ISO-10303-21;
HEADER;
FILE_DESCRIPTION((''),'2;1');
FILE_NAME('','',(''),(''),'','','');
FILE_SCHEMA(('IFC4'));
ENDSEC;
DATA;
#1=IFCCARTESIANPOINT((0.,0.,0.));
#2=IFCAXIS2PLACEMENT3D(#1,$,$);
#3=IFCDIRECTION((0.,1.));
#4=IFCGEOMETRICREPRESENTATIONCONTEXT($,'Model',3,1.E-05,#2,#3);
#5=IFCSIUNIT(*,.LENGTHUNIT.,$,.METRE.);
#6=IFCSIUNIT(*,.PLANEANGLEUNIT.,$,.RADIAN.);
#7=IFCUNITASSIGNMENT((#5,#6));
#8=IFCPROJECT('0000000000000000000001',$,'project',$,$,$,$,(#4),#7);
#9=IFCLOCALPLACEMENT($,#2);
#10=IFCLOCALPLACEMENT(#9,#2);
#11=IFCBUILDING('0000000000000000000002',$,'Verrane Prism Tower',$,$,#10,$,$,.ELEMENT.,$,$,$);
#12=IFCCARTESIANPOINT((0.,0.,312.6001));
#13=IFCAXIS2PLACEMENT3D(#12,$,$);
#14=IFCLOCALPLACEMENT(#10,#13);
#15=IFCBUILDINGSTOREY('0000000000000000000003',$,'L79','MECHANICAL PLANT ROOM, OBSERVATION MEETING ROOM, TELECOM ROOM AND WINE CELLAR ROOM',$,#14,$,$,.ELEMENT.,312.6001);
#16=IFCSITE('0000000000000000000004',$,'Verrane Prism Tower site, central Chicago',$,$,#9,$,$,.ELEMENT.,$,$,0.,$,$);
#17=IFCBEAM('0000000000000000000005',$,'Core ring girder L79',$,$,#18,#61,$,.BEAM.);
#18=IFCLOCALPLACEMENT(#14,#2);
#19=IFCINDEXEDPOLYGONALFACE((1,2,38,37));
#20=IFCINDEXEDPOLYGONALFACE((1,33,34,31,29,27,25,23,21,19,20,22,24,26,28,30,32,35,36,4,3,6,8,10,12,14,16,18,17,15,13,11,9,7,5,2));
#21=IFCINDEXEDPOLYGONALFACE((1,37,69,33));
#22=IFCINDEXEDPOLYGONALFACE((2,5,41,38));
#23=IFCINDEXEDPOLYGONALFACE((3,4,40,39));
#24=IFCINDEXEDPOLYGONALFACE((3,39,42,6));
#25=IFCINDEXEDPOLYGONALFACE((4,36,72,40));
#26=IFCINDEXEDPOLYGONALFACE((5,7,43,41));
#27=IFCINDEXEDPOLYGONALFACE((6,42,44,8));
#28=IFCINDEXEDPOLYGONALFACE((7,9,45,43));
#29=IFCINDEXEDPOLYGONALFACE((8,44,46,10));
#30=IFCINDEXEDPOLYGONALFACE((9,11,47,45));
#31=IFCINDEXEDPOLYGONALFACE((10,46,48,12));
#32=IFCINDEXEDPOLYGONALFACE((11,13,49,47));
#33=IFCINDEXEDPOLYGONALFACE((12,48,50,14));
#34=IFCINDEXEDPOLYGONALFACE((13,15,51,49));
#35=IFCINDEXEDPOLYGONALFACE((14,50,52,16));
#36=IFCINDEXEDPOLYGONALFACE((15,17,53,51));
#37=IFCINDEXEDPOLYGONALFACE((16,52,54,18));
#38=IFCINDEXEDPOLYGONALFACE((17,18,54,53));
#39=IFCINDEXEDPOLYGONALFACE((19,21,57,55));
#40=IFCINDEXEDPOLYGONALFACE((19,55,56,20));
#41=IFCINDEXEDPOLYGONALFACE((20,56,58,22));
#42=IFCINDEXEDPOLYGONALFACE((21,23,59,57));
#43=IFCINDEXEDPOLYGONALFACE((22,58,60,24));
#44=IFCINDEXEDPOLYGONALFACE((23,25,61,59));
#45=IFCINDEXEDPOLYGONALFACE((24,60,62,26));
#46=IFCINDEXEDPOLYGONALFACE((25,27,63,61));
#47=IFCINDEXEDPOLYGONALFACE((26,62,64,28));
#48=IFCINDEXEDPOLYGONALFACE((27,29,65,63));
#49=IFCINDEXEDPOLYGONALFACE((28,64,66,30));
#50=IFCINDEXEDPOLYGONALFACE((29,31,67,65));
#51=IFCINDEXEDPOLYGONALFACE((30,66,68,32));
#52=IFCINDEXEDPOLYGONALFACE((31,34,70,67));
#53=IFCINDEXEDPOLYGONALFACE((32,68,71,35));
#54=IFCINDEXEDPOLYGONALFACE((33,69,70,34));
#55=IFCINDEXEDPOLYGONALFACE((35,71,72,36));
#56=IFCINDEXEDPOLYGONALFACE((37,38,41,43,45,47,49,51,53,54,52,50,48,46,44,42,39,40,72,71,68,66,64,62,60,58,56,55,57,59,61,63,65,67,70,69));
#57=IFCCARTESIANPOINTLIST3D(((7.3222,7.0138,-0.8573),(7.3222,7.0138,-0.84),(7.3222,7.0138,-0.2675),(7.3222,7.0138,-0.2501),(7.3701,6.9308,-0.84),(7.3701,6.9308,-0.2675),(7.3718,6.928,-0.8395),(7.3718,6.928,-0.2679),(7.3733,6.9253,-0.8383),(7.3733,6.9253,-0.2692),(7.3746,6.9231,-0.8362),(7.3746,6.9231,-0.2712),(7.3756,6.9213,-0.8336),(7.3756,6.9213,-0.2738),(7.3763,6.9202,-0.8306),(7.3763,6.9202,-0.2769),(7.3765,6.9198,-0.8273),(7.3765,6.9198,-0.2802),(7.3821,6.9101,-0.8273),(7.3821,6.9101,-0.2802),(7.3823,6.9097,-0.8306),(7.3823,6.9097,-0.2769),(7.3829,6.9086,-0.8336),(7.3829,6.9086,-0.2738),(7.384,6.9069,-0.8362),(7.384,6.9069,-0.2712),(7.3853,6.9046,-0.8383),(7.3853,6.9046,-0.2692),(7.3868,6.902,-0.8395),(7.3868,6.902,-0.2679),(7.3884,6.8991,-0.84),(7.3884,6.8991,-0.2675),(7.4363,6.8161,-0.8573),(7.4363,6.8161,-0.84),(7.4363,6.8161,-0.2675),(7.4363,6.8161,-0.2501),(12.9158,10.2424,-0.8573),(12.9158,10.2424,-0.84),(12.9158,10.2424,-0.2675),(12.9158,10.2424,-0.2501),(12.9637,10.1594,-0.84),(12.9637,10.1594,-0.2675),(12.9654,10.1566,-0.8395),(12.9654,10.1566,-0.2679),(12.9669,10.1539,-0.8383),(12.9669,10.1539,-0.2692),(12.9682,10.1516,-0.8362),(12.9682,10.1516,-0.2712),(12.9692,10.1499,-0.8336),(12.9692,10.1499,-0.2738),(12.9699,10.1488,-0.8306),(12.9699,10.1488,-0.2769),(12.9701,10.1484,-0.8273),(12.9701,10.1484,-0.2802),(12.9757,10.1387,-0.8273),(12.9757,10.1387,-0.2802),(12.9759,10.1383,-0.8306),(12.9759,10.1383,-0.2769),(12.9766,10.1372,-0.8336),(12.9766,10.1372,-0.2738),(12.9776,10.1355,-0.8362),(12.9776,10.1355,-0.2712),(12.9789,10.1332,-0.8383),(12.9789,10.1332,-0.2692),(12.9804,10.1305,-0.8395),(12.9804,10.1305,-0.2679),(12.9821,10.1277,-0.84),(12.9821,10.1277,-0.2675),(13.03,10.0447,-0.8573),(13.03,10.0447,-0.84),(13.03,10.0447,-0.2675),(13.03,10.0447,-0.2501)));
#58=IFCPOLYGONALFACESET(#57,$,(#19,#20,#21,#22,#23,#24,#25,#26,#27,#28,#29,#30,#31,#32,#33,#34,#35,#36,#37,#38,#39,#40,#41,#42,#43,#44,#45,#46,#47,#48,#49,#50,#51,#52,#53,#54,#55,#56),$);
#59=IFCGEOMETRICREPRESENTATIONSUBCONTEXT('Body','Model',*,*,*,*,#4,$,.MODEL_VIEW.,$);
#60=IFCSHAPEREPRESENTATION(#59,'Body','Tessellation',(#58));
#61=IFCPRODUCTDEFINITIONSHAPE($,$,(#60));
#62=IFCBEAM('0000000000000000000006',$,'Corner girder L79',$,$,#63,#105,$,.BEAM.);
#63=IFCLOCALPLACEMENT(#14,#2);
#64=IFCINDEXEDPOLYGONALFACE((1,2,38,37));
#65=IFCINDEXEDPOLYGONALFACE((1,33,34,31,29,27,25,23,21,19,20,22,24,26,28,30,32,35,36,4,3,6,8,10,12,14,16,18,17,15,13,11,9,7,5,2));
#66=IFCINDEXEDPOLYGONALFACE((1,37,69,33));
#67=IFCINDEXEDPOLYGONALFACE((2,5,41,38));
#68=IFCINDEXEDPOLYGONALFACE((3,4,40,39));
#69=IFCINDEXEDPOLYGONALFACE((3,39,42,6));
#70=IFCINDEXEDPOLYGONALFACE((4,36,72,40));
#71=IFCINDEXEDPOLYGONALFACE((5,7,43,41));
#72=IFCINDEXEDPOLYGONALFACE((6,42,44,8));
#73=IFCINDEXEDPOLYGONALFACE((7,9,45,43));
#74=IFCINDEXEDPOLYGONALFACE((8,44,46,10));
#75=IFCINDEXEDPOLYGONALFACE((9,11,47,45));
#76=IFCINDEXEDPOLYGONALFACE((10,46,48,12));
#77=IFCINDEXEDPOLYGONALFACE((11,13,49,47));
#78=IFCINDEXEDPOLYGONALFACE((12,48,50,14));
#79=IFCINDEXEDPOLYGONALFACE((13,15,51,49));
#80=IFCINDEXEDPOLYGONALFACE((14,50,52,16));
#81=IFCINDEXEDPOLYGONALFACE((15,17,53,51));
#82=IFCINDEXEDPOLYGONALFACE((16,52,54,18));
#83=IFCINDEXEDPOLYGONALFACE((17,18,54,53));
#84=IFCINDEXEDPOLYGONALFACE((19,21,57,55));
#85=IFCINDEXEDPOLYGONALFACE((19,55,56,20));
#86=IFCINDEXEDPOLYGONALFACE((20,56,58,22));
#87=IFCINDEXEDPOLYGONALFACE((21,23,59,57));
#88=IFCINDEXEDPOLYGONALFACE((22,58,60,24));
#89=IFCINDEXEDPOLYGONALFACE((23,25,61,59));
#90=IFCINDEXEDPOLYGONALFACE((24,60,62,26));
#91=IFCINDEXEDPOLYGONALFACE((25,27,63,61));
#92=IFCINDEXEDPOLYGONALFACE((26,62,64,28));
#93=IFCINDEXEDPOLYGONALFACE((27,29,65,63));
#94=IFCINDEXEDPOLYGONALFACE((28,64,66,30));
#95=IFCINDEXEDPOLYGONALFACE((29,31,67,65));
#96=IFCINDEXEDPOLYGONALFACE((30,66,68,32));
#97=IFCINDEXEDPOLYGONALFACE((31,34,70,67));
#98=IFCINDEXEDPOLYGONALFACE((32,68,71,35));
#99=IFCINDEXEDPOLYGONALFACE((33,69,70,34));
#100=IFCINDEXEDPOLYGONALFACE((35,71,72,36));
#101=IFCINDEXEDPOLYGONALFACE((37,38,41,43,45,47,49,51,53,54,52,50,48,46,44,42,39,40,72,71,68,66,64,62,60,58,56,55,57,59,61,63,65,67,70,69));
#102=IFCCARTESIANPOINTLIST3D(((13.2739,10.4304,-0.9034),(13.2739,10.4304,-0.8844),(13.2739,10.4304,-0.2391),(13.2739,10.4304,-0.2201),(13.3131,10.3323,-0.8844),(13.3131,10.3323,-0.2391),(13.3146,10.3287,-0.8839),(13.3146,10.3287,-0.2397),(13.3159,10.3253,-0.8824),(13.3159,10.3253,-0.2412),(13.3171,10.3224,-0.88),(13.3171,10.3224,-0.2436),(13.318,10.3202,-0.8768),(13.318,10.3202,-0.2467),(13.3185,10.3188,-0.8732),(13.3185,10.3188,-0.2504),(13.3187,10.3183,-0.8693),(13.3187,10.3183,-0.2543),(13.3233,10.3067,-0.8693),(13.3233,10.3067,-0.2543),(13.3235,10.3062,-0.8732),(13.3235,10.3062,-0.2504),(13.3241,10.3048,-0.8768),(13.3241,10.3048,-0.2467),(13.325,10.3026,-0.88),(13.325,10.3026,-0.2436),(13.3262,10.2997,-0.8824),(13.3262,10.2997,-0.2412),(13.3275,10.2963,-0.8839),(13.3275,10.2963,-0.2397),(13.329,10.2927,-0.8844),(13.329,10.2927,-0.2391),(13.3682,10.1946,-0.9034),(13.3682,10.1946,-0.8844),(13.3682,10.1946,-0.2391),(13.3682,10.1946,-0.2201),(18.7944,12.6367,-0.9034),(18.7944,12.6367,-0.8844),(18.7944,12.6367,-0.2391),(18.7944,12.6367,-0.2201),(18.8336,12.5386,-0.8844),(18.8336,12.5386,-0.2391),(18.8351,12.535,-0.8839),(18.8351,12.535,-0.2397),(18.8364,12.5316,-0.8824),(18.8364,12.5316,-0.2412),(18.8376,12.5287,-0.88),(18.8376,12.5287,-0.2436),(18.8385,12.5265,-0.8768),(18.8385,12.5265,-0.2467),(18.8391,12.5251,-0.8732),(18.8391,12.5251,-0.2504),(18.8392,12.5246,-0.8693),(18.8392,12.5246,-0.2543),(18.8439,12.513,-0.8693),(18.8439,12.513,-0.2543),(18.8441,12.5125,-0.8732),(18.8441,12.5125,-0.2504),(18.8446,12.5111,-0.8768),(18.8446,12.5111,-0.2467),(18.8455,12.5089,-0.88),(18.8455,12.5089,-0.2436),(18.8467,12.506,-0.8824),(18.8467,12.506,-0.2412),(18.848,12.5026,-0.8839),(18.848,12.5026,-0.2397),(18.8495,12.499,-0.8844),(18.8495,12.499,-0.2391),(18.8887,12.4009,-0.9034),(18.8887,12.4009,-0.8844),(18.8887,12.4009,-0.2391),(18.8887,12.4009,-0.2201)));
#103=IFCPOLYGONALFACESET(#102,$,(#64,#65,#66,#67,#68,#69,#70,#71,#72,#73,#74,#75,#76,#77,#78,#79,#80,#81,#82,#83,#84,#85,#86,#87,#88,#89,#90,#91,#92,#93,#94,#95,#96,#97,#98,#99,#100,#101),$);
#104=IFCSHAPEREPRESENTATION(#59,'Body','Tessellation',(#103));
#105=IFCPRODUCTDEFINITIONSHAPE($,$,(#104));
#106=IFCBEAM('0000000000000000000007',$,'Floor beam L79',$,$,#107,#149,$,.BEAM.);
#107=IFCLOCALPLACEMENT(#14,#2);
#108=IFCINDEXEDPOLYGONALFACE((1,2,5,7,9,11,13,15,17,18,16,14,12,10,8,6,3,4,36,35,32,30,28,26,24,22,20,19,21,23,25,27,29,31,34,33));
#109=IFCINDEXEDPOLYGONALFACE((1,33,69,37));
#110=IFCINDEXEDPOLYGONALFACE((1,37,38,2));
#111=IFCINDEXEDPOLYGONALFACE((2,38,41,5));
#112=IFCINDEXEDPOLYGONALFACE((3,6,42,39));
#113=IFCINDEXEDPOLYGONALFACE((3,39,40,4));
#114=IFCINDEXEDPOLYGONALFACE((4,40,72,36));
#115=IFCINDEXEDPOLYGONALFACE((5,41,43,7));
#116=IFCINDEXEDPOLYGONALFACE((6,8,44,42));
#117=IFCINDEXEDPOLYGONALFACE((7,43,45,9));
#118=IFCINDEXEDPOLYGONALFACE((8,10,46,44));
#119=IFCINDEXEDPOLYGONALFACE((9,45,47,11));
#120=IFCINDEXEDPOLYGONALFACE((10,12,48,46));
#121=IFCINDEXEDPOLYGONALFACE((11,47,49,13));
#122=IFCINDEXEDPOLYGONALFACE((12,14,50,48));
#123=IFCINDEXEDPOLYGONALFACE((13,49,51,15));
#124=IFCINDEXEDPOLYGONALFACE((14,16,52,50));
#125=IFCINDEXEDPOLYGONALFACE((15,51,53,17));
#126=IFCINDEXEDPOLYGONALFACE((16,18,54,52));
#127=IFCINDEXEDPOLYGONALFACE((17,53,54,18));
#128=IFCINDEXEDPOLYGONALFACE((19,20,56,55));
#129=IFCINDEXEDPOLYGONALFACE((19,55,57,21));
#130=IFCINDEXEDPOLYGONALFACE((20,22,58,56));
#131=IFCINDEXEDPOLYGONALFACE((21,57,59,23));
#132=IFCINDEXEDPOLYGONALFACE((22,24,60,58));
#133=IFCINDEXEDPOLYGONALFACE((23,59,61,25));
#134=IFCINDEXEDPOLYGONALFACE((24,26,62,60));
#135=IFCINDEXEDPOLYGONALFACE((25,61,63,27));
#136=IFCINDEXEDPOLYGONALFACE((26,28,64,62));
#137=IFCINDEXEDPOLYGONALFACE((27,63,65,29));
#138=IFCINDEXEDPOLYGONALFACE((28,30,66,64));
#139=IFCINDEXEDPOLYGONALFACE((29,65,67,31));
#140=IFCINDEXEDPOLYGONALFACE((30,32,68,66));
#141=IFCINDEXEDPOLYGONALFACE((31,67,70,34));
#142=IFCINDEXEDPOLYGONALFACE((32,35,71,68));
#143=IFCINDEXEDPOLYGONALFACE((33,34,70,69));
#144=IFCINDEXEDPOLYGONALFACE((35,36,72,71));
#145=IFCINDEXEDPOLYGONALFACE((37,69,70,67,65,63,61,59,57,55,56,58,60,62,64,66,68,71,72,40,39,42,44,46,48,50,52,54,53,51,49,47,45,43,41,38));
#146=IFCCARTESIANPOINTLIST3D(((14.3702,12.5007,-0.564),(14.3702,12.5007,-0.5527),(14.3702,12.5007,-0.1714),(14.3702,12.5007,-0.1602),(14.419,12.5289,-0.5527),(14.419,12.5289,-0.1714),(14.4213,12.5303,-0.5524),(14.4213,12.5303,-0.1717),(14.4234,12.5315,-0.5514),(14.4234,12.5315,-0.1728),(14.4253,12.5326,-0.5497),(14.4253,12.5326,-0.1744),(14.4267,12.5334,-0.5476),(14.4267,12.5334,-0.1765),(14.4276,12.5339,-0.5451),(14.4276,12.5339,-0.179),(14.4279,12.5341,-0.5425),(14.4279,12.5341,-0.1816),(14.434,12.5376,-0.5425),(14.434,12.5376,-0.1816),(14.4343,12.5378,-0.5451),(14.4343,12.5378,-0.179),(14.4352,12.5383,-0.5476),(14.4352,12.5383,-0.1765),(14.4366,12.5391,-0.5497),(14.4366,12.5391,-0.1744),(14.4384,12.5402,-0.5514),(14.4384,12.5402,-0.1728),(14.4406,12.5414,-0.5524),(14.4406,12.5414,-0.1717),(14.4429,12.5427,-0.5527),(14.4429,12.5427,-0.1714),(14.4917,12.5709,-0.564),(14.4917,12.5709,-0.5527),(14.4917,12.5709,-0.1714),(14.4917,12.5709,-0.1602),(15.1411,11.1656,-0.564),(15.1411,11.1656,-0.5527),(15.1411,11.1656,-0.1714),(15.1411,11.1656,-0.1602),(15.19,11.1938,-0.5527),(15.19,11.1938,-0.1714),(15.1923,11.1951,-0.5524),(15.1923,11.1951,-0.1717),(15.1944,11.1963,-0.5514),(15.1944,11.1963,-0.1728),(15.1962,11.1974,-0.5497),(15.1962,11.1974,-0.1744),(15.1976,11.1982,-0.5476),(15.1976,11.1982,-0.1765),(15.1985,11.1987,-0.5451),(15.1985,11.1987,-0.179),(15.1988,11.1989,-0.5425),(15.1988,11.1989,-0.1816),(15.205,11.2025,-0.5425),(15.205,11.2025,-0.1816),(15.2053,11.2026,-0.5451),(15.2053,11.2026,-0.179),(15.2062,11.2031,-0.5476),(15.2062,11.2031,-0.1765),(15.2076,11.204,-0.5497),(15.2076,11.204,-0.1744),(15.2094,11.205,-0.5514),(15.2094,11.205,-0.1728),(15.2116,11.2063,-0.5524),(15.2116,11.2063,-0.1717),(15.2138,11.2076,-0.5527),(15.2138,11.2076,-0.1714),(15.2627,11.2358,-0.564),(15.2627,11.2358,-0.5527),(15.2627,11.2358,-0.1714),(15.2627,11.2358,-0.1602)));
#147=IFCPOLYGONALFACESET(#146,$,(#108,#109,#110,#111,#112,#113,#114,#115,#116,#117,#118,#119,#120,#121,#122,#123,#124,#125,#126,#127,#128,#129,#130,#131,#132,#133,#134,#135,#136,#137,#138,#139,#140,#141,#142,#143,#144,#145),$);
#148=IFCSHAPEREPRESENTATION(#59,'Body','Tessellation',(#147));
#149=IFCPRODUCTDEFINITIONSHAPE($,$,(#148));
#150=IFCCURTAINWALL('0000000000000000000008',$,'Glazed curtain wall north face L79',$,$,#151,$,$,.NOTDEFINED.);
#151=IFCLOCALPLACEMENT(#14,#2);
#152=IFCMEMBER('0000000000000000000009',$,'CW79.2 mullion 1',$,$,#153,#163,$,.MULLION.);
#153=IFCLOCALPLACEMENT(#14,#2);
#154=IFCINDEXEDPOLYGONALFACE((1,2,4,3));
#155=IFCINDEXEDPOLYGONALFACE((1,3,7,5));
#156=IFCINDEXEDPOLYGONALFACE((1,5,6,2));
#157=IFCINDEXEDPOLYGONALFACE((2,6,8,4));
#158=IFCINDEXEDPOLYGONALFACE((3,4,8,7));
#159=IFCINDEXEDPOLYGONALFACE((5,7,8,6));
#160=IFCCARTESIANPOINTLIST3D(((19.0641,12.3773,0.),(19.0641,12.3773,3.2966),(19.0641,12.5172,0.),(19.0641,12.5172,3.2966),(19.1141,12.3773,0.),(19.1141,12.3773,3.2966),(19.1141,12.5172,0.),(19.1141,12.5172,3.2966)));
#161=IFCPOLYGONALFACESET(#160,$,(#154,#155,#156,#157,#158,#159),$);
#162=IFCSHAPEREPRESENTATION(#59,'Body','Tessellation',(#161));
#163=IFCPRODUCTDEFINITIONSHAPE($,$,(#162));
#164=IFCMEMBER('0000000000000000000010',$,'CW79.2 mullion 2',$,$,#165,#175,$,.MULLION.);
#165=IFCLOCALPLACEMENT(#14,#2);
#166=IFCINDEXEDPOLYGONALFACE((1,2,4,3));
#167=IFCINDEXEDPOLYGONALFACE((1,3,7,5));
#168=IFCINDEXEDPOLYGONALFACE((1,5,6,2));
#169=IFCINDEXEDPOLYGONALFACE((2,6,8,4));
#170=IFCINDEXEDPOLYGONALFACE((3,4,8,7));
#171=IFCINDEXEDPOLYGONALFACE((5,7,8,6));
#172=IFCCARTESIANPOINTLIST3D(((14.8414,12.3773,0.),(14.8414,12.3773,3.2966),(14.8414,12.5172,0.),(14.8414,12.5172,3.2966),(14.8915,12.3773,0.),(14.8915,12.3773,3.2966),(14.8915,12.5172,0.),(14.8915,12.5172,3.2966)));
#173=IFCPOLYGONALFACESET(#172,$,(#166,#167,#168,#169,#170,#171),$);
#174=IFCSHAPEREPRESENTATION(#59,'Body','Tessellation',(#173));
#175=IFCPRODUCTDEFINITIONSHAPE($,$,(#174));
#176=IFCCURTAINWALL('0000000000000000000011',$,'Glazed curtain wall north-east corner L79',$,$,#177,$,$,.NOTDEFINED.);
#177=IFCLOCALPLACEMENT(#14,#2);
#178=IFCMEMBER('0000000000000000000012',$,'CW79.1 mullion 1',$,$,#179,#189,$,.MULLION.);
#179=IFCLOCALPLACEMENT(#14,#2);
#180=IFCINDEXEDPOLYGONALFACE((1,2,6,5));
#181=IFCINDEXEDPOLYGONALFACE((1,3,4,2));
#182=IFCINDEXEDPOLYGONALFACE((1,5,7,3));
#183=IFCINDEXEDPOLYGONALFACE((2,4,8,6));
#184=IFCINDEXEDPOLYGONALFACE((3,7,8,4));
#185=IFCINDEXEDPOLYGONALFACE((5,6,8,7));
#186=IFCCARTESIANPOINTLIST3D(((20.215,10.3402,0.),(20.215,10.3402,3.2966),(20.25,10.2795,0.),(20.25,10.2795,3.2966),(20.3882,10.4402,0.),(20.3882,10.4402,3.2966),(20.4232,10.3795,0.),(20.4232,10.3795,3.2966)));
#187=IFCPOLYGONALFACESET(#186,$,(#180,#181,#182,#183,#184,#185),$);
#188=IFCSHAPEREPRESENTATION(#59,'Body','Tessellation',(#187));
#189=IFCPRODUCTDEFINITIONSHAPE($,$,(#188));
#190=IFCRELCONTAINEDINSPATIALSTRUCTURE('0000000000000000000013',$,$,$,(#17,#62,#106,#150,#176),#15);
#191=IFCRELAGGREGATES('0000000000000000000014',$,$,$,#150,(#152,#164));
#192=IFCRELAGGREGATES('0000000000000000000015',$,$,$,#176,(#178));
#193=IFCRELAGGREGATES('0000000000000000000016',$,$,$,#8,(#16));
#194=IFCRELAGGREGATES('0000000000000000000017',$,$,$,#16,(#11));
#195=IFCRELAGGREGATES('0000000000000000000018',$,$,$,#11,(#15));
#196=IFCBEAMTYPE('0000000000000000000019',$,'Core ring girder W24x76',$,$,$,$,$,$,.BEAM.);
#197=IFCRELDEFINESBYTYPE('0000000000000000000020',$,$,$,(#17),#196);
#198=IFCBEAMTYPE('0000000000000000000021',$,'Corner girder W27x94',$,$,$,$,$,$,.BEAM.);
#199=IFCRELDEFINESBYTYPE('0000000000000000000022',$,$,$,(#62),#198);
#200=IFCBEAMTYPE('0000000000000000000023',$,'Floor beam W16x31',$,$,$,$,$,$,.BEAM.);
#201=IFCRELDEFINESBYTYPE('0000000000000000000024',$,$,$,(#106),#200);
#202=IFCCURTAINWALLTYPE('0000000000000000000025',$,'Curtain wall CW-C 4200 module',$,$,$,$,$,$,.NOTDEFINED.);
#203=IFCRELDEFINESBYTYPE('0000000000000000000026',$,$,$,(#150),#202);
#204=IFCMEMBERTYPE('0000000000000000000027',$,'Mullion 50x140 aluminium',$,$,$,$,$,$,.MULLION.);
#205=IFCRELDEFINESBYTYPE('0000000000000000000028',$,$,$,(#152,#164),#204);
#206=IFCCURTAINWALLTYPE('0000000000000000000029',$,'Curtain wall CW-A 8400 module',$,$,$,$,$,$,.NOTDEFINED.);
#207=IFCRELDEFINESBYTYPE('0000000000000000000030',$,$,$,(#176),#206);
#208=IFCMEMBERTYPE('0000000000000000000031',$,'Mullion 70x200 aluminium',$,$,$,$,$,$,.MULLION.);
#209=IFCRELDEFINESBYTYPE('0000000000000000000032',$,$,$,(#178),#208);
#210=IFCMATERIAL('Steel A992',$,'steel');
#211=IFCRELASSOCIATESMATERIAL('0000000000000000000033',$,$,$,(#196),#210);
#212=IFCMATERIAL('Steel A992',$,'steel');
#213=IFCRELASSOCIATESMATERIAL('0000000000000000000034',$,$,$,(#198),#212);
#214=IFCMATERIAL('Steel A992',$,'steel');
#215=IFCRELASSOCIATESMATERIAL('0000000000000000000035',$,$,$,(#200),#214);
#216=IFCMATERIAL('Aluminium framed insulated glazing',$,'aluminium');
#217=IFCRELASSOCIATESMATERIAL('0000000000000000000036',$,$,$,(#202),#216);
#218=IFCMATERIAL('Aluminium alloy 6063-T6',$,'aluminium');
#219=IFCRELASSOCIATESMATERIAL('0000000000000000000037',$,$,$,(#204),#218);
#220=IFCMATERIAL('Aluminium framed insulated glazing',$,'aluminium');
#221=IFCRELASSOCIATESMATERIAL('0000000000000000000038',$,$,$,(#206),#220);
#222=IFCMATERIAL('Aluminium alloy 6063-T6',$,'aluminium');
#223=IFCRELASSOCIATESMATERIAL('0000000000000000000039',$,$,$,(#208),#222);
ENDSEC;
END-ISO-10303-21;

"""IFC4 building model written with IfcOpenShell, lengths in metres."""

from ifc_helpers import new_model, si_unit, direction, frame, origin, origin_2d, place, context, subcontext, project, spatial, rectangle, i_section, extrude, material, material_profile, profile_set, type_object, element, aggregate, save


model = new_model("IFC4")

# Units and contexts
model_context = context("Model", 3, precision=1e-05, world=origin(), true_north=direction((0.0, 1.0)))
body_context = subcontext(model_context, "Body", "Model", "MODEL_VIEW")
ifc_project = project(units=[si_unit("LENGTHUNIT", "METRE"), si_unit("PLANEANGLEUNIT", "RADIAN")], contexts=[model_context])

# Site, building, storey
site_placement = place(None, origin())
site = spatial("IfcSite", under=ifc_project, at=site_placement, Name="Verrane Prism Tower site, central Chicago", CompositionType="ELEMENT", RefElevation=0.0)
building_placement = place(site_placement, origin())
building = spatial("IfcBuilding", under=site, at=building_placement, Name="Verrane Prism Tower", CompositionType="ELEMENT")
storey_placement = place(building_placement, frame((0.0, 0.0, 312.6001)))
storey = spatial("IfcBuildingStorey", under=building, at=storey_placement, Name="L79", Description="MECHANICAL PLANT ROOM, OBSERVATION MEETING ROOM, TELECOM ROOM AND WINE CELLAR ROOM", CompositionType="ELEMENT", Elevation=312.6001)

# Beams
ifc_material_1 = material(Name="Steel A992", Category="steel")
ifc_material_profile_1 = material_profile(ifc_material_1, i_section(OverallWidth=0.2283, OverallDepth=0.6072, WebThickness=0.0112, FlangeThickness=0.0173, FilletRadius=0.0127, at=origin_2d()), Name="W24x76")
ifc_profile_set_1 = profile_set([ifc_material_profile_1], Name="Steel A992")
beam_type_1 = type_object("IfcBeamType", Name="Core ring girder W24x76", PredefinedType="BEAM", material=ifc_profile_set_1)
beam_1_placement = place(storey_placement, frame((12.9729, 10.1436, -0.5537), z_axis=(-0.866086, -0.499896, 0.0), x_axis=(0.499896, -0.866086, 0.0)))
element("IfcBeam", 1, at=beam_1_placement, inside=storey, type_object=beam_type_1, Name="Core ring girder L79", PredefinedType="BEAM", context=body_context, shape_type="SweptSolid", body=[
    extrude(i_section(OverallWidth=0.2283, OverallDepth=0.6072, WebThickness=0.0112, FlangeThickness=0.0173, FilletRadius=0.0127, at=origin_2d()), origin(), (0.0, 0.0, 1.0), 6.4585),
])
ifc_material_2 = material(Name="Steel A992", Category="steel")
ifc_material_profile_2 = material_profile(ifc_material_2, i_section(OverallWidth=0.2539, OverallDepth=0.6833, WebThickness=0.0125, FlangeThickness=0.019, FilletRadius=0.0151, at=origin_2d()), Name="W27x94")
ifc_profile_set_2 = profile_set([ifc_material_profile_2], Name="Steel A992")
beam_type_2 = type_object("IfcBeamType", Name="Corner girder W27x94", PredefinedType="BEAM", material=ifc_profile_set_2)
beam_2_placement = place(storey_placement, frame((18.8416, 12.5188, -0.5618), z_axis=(-0.928587, -0.371115, 0.0), x_axis=(0.371115, -0.928587, 0.0)))
element("IfcBeam", 2, at=beam_2_placement, inside=storey, type_object=beam_type_2, Name="Corner girder L79", PredefinedType="BEAM", context=body_context, shape_type="SweptSolid", body=[
    extrude(i_section(OverallWidth=0.2539, OverallDepth=0.6833, WebThickness=0.0125, FlangeThickness=0.019, FilletRadius=0.0151, at=origin_2d()), origin(), (0.0, 0.0, 1.0), 5.9451),
])
ifc_material_3 = material(Name="Steel A992", Category="steel")
ifc_material_profile_3 = material_profile(ifc_material_3, i_section(OverallWidth=0.1404, OverallDepth=0.4038, WebThickness=0.0071, FlangeThickness=0.0112, FilletRadius=0.0103, at=origin_2d()), Name="W16x31")
ifc_profile_set_3 = profile_set([ifc_material_profile_3], Name="Steel A992")
beam_type_3 = type_object("IfcBeamType", Name="Floor beam W16x31", PredefinedType="BEAM", material=ifc_profile_set_3)
beam_3_placement = place(storey_placement, frame((15.2019, 11.2007, -0.3621), z_axis=(-0.500056, 0.865993, 0.0), x_axis=(-0.865993, -0.500056, 0.0)))
element("IfcBeam", 3, at=beam_3_placement, inside=storey, type_object=beam_type_3, Name="Floor beam L79", PredefinedType="BEAM", context=body_context, shape_type="SweptSolid", body=[
    extrude(i_section(OverallWidth=0.1404, OverallDepth=0.4038, WebThickness=0.0071, FlangeThickness=0.0112, FilletRadius=0.0103, at=origin_2d()), origin(), (0.0, 0.0, 1.0), 1.5417),
])

# Curtain wall, members
ifc_material_4 = material(Name="Aluminium framed insulated glazing", Category="aluminium")
curtain_wall_type_1 = type_object("IfcCurtainWallType", Name="Curtain wall CW-C 4200 module", PredefinedType="NOTDEFINED", material=ifc_material_4)
curtain_wall_1_placement = place(storey_placement, origin())
curtain_wall_1 = element("IfcCurtainWall", 4, at=curtain_wall_1_placement, inside=storey, type_object=curtain_wall_type_1, Name="Glazed curtain wall north face L79", PredefinedType="NOTDEFINED")
ifc_material_5 = material(Name="Aluminium alloy 6063-T6", Category="aluminium")
ifc_material_profile_4 = material_profile(ifc_material_5, rectangle(XDim=0.1399, YDim=0.05, at=origin_2d()), Name="Mullion 50x140 aluminium")
ifc_profile_set_4 = profile_set([ifc_material_profile_4], Name="Aluminium alloy 6063-T6")
member_type_1 = type_object("IfcMemberType", Name="Mullion 50x140 aluminium", PredefinedType="MULLION", material=ifc_profile_set_4)
member_1_placement = place(storey_placement, frame((19.0891, 12.4473, 0.0), z_axis=(0.0, 0.0, 1.0), x_axis=(0.0, -1.0, 0.0)))
member_1 = element("IfcMember", 5, at=member_1_placement, type_object=member_type_1, Name="CW79.2 mullion 1", PredefinedType="MULLION", context=body_context, shape_type="SweptSolid", body=[
    extrude(rectangle(XDim=0.1399, YDim=0.05, at=origin_2d()), origin(), (0.0, 0.0, 1.0), 3.2966),
])
member_2_placement = place(storey_placement, frame((14.8665, 12.4473, 0.0), z_axis=(0.0, 0.0, 1.0), x_axis=(0.0, -1.0, 0.0)))
member_2 = element("IfcMember", 6, at=member_2_placement, type_object=member_type_1, Name="CW79.2 mullion 2", PredefinedType="MULLION", context=body_context, shape_type="SweptSolid", body=[
    extrude(rectangle(XDim=0.1399, YDim=0.05, at=origin_2d()), origin(), (0.0, 0.0, 1.0), 3.2966),
])

# Curtain wall, member
ifc_material_6 = material(Name="Aluminium framed insulated glazing", Category="aluminium")
curtain_wall_type_2 = type_object("IfcCurtainWallType", Name="Curtain wall CW-A 8400 module", PredefinedType="NOTDEFINED", material=ifc_material_6)
curtain_wall_2_placement = place(storey_placement, origin())
curtain_wall_2 = element("IfcCurtainWall", 7, at=curtain_wall_2_placement, inside=storey, type_object=curtain_wall_type_2, Name="Glazed curtain wall north-east corner L79", PredefinedType="NOTDEFINED")
ifc_material_7 = material(Name="Aluminium alloy 6063-T6", Category="aluminium")
ifc_material_profile_5 = material_profile(ifc_material_7, rectangle(XDim=0.2, YDim=0.0701, at=origin_2d()), Name="Mullion 70x200 aluminium")
ifc_profile_set_5 = profile_set([ifc_material_profile_5], Name="Aluminium alloy 6063-T6")
member_type_2 = type_object("IfcMemberType", Name="Mullion 70x200 aluminium", PredefinedType="MULLION", material=ifc_profile_set_5)
member_3_placement = place(storey_placement, frame((20.3191, 10.3599, 0.0), z_axis=(0.0, 0.0, 1.0), x_axis=(-0.866025, -0.500001, 0.0)))
member_3 = element("IfcMember", 8, at=member_3_placement, type_object=member_type_2, Name="CW79.1 mullion 1", PredefinedType="MULLION", context=body_context, shape_type="SweptSolid", body=[
    extrude(rectangle(XDim=0.2, YDim=0.0701, at=origin_2d()), origin(), (0.0, 0.0, 1.0), 3.2966),
])

aggregate(curtain_wall_1, [member_1, member_2])
aggregate(curtain_wall_2, [member_3])

save(model, "model.ifc")
